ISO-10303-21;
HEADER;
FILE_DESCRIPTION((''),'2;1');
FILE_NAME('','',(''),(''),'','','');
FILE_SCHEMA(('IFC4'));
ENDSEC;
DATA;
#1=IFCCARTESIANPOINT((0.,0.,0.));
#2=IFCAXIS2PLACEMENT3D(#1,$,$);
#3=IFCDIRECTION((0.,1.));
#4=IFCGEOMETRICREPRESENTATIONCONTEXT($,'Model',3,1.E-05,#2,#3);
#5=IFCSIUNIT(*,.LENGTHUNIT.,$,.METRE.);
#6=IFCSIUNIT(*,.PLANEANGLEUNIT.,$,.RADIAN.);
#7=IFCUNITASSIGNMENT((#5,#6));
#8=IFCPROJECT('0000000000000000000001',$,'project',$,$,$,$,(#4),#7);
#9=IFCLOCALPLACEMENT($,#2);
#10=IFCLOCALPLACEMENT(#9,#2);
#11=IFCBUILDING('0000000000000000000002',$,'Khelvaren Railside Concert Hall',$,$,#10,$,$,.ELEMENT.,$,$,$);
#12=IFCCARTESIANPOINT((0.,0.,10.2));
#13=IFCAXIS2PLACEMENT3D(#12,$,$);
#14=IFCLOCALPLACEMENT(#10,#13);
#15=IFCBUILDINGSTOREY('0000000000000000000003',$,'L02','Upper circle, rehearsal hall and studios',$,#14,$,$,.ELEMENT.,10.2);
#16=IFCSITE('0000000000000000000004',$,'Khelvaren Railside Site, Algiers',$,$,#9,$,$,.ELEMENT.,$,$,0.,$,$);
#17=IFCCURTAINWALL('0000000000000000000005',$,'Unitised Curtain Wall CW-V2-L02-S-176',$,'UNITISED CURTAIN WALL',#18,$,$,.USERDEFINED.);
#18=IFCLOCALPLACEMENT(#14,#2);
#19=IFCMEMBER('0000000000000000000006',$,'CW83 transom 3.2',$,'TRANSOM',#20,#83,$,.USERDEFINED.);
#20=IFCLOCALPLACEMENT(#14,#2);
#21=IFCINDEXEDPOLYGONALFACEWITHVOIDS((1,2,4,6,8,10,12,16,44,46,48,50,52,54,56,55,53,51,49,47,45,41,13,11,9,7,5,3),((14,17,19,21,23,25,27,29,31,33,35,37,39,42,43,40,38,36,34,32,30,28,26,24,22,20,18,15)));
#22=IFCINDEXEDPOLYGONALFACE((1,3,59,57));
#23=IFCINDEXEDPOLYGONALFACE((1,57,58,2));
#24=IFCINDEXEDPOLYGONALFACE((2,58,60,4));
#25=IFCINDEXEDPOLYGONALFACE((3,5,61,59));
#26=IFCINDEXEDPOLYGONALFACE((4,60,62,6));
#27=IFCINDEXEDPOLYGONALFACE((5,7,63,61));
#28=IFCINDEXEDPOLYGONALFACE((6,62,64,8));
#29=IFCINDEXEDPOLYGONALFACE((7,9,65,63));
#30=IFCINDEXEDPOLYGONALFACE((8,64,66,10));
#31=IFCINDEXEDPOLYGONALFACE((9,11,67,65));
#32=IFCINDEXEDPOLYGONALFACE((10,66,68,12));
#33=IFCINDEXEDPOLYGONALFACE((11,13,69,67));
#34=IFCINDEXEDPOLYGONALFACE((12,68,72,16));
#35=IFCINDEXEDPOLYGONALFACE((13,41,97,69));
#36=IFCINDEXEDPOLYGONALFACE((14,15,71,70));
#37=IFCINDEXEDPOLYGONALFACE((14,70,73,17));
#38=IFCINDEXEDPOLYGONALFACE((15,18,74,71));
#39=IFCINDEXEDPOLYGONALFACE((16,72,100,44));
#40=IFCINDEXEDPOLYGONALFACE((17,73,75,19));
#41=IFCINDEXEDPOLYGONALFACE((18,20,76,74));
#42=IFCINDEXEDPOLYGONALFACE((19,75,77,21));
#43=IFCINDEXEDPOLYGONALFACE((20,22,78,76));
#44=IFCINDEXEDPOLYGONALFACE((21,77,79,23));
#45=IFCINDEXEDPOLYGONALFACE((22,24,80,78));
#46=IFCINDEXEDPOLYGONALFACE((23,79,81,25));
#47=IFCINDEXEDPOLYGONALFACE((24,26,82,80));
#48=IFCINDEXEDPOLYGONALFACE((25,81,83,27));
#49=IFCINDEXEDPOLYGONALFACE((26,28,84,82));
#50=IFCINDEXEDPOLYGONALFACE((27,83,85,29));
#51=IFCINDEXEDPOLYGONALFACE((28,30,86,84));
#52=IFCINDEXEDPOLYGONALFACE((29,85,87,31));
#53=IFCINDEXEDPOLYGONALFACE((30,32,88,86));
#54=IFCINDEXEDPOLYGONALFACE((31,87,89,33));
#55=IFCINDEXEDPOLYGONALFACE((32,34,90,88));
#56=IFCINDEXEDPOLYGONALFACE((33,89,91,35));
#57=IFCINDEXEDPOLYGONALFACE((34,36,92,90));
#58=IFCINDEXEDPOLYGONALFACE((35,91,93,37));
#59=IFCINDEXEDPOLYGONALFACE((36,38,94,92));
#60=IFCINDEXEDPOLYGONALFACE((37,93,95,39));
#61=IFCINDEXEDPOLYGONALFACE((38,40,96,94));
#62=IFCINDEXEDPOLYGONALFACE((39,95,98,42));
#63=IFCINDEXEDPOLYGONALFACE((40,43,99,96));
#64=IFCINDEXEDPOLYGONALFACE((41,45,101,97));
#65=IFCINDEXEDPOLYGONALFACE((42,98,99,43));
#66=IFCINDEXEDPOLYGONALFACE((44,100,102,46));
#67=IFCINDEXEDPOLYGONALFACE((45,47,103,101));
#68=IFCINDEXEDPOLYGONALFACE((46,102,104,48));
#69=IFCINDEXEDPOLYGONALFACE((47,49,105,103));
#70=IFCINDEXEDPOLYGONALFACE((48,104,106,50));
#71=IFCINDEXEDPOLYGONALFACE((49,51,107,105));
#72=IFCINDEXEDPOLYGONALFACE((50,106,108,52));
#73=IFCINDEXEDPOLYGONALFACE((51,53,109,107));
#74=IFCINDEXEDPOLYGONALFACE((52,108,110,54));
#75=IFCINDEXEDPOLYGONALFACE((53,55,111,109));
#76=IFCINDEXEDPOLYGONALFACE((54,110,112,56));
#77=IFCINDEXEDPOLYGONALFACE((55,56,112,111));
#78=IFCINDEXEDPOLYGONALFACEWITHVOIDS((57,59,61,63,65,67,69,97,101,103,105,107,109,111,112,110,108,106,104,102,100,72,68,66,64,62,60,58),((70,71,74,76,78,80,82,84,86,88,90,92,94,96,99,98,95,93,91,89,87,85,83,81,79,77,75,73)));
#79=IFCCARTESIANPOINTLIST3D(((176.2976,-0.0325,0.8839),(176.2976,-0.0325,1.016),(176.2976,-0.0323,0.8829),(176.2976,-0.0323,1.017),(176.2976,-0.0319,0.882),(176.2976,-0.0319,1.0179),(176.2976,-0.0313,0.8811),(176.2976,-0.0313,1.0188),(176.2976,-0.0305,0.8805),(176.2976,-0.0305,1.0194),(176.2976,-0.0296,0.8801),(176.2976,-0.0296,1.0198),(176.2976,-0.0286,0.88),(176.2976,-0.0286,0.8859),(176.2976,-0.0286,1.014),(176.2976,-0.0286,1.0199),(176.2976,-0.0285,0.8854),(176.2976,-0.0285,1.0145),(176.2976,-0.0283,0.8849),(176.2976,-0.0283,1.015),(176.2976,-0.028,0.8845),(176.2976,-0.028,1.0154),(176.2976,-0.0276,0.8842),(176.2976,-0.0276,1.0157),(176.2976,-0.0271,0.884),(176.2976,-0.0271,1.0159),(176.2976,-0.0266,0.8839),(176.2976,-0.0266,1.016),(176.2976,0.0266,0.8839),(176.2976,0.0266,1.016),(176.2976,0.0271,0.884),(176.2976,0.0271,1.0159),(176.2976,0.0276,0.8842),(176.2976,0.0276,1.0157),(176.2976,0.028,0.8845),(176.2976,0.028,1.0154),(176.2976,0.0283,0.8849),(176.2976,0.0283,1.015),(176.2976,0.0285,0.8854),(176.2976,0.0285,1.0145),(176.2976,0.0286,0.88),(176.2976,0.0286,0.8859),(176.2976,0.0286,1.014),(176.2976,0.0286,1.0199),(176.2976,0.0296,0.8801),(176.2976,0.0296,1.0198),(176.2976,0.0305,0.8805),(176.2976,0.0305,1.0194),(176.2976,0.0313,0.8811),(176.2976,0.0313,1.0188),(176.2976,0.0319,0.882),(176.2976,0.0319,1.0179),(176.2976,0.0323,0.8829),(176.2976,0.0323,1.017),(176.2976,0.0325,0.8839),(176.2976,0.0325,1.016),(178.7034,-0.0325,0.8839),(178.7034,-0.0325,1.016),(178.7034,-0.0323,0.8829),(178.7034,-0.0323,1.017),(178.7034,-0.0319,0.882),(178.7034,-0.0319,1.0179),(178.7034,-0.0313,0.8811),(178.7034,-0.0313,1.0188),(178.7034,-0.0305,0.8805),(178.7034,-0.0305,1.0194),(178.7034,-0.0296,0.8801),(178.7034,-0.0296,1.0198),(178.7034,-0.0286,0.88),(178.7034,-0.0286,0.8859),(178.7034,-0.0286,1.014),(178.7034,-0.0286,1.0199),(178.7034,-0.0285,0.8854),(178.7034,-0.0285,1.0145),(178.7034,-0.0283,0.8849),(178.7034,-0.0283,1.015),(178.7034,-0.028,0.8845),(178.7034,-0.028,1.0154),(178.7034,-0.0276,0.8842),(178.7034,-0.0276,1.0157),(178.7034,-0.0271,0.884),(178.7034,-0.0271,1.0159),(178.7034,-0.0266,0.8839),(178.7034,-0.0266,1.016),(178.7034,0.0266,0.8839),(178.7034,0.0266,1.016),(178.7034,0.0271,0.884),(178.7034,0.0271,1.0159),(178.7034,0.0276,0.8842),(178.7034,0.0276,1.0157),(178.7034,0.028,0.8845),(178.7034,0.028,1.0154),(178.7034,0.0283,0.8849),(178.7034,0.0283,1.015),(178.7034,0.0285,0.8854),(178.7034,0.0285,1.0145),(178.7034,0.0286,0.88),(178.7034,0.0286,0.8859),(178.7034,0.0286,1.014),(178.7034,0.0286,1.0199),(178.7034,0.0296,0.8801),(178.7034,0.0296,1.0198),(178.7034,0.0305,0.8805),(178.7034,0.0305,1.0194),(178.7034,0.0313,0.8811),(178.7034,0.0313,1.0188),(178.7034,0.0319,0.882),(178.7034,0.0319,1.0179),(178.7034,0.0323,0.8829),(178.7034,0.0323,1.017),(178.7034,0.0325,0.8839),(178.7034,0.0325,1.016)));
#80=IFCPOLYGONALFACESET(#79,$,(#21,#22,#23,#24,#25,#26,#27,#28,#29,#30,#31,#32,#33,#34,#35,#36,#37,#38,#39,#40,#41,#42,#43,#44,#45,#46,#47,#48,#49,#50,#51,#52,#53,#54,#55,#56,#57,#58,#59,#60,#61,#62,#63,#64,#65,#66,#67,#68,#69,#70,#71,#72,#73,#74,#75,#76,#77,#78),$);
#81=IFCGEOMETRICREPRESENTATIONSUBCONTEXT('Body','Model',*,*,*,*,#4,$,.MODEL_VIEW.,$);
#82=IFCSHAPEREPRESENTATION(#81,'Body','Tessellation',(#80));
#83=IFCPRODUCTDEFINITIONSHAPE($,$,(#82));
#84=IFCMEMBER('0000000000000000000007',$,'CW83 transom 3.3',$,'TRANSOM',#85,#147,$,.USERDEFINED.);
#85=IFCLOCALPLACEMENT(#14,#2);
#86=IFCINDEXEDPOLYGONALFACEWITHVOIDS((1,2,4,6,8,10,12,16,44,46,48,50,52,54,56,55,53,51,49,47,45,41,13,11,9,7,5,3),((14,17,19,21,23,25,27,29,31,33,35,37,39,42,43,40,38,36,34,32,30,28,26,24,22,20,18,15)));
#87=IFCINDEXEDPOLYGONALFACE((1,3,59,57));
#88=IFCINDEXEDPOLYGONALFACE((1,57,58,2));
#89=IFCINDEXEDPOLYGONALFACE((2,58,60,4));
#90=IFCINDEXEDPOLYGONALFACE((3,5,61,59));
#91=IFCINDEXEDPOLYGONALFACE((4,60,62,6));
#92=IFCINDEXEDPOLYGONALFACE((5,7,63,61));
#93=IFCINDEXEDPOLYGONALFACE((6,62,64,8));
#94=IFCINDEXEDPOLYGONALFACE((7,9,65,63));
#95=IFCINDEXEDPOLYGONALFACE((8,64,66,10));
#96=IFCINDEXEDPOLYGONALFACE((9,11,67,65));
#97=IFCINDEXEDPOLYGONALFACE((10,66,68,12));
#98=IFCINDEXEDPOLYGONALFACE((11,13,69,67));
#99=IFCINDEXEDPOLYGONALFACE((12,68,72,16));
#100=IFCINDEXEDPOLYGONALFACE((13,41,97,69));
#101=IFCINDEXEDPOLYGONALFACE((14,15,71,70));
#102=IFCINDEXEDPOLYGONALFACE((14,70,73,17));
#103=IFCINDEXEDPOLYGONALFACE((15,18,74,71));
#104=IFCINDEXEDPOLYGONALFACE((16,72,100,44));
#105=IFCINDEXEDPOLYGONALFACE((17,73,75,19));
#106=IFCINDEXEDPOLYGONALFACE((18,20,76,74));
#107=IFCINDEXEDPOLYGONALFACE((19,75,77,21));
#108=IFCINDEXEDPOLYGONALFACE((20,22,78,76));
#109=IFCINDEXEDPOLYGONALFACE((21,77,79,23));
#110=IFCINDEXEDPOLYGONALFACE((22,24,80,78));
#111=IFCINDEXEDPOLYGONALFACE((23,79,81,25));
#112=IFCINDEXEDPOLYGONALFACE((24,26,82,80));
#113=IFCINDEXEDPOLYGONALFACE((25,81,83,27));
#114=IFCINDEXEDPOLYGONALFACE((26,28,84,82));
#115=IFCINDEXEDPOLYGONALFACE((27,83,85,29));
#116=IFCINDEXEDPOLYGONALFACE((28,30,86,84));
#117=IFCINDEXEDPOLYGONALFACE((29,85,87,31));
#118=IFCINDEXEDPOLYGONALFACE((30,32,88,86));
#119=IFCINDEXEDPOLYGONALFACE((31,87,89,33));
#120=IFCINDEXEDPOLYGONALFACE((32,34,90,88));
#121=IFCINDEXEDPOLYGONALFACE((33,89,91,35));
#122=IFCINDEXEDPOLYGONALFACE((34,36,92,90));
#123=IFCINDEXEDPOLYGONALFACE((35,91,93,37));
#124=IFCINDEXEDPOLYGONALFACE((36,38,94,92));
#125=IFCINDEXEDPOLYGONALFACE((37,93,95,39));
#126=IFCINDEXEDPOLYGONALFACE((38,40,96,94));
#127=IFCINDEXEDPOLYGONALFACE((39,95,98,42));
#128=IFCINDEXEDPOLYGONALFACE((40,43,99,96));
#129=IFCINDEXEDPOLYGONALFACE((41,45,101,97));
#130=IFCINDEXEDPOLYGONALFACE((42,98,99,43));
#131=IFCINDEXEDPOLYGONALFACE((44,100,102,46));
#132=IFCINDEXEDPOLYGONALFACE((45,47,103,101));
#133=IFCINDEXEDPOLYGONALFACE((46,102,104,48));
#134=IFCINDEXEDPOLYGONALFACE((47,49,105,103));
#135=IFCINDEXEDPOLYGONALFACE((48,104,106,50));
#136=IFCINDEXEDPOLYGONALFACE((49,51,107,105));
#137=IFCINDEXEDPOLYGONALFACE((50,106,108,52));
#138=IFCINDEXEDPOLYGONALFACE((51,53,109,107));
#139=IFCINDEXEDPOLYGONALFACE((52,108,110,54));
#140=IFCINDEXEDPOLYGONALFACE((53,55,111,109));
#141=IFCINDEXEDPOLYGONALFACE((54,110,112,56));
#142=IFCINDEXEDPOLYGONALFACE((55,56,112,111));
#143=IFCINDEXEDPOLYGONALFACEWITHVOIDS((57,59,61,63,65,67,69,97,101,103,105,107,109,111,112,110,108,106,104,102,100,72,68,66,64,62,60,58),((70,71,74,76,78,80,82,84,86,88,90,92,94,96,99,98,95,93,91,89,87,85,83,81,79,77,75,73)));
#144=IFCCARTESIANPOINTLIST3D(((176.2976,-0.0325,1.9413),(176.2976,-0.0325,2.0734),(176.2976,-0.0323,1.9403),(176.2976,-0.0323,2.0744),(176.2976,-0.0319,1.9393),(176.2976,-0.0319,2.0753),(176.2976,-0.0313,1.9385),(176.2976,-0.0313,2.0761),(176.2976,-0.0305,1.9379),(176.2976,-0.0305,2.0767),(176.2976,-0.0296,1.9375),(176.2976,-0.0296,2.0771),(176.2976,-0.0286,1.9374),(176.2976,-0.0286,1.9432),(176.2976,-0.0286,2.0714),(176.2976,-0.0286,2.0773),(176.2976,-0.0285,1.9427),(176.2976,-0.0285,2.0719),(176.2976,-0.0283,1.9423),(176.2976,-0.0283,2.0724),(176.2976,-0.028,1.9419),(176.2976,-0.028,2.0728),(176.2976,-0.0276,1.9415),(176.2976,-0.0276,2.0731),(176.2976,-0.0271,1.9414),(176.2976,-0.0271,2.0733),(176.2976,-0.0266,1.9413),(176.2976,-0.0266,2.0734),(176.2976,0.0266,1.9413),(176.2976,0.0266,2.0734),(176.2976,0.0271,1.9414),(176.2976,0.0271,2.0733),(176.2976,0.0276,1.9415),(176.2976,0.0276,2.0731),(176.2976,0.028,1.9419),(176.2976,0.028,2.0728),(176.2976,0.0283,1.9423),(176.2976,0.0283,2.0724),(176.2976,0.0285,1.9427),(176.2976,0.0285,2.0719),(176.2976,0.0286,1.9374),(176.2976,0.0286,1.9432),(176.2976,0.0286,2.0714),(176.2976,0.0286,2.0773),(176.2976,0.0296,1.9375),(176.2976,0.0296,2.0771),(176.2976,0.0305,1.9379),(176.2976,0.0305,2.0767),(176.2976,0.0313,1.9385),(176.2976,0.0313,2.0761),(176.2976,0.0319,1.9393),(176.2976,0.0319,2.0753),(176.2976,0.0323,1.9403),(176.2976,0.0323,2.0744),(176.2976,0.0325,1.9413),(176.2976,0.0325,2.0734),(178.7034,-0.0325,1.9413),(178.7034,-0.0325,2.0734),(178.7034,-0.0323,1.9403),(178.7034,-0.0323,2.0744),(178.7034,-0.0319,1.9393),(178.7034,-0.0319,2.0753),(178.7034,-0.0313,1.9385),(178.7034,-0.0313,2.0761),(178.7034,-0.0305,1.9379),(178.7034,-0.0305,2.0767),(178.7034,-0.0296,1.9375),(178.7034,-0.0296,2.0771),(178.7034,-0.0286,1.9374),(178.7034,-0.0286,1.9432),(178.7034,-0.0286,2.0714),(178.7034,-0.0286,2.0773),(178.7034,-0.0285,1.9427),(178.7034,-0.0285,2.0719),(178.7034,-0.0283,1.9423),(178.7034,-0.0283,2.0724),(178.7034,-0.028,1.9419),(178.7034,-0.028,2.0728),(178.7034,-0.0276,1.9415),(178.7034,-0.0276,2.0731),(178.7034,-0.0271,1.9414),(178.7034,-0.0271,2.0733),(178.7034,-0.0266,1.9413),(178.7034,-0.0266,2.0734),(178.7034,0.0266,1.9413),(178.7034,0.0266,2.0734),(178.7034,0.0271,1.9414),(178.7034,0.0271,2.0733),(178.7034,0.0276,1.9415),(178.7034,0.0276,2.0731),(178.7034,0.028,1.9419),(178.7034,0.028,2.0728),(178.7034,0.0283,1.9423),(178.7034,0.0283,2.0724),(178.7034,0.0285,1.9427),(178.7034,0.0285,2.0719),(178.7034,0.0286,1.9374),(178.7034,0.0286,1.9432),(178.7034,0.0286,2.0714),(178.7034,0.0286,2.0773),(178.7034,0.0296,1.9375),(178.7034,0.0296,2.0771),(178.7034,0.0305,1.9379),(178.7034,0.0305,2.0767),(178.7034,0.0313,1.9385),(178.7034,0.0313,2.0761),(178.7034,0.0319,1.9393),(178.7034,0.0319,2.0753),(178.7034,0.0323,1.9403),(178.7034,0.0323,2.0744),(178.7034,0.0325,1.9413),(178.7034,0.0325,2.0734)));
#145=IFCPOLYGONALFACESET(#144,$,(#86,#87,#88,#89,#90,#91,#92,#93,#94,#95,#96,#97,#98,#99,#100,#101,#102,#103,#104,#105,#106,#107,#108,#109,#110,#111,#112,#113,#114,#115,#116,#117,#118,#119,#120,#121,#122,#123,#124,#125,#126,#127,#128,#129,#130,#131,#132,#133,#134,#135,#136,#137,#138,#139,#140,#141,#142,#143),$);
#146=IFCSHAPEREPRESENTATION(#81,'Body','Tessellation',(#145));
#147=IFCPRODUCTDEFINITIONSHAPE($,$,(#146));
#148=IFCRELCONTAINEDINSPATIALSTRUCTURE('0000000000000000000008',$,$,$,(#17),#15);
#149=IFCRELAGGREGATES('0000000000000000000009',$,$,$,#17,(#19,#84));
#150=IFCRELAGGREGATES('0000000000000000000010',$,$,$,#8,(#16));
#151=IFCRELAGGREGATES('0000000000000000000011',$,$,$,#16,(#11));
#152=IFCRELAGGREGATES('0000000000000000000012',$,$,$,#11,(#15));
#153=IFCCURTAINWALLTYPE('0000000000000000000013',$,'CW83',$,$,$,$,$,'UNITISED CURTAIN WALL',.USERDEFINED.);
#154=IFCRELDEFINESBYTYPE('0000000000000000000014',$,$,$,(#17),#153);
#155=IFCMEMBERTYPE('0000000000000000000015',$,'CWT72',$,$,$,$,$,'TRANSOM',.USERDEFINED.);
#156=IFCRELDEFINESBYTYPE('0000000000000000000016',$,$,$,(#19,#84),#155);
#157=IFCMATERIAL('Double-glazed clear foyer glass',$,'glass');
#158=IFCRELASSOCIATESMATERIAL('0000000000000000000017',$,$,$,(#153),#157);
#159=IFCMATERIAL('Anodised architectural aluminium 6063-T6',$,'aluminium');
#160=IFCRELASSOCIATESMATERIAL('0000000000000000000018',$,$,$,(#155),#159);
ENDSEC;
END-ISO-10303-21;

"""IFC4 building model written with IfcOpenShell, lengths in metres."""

from ifc_helpers import new_model, si_unit, direction, frame, origin, origin_2d, place, context, subcontext, project, spatial, hollow_rectangle, extrude, material, material_profile, profile_set, type_object, element, aggregate, save


model = new_model("IFC4")

# Units and contexts
model_context = context("Model", 3, precision=1e-05, world=origin(), true_north=direction((0.0, 1.0)))
body_context = subcontext(model_context, "Body", "Model", "MODEL_VIEW")
ifc_project = project(units=[si_unit("LENGTHUNIT", "METRE"), si_unit("PLANEANGLEUNIT", "RADIAN")], contexts=[model_context])

# Site, building, storey
site_placement = place(None, origin())
site = spatial("IfcSite", under=ifc_project, at=site_placement, Name="Khelvaren Railside Site, Algiers", CompositionType="ELEMENT", RefElevation=0.0)
building_placement = place(site_placement, origin())
building = spatial("IfcBuilding", under=site, at=building_placement, Name="Khelvaren Railside Concert Hall", CompositionType="ELEMENT")
storey_placement = place(building_placement, frame((0.0, 0.0, 10.2)))
storey = spatial("IfcBuildingStorey", under=building, at=storey_placement, Name="L02", Description="Upper circle, rehearsal hall and studios", CompositionType="ELEMENT", Elevation=10.2)

# Curtain wall, members
ifc_material_1 = material(Name="Double-glazed clear foyer glass", Category="glass")
curtain_wall_type = type_object("IfcCurtainWallType", Name="CW83", ElementType="UNITISED CURTAIN WALL", PredefinedType="USERDEFINED", material=ifc_material_1)
curtain_wall_placement = place(storey_placement, origin())
curtain_wall = element("IfcCurtainWall", 1, at=curtain_wall_placement, inside=storey, type_object=curtain_wall_type, Name="Unitised Curtain Wall CW-V2-L02-S-176", ObjectType="UNITISED CURTAIN WALL", PredefinedType="USERDEFINED")
ifc_material_2 = material(Name="Anodised architectural aluminium 6063-T6", Category="aluminium")
ifc_material_profile_1 = material_profile(ifc_material_2, hollow_rectangle(XDim=0.0649, YDim=0.1399, WallThickness=0.0039, InnerFilletRadius=0.002, OuterFilletRadius=0.0039, at=origin_2d()), Name="CWT 65x140x4")
ifc_profile_set_1 = profile_set([ifc_material_profile_1], Name="Anodised architectural aluminium 6063-T6")
member_type_1 = type_object("IfcMemberType", Name="CWT72", ElementType="TRANSOM", PredefinedType="USERDEFINED", material=ifc_profile_set_1)
member_1_placement = place(storey_placement, frame((178.7034, 0.0, 0.95), z_axis=(-1.0, 0.0, 0.0), x_axis=(0.0, -1.0, 0.0)))
member_1 = element("IfcMember", 2, at=member_1_placement, type_object=member_type_1, Name="CW83 transom 3.2", ObjectType="TRANSOM", PredefinedType="USERDEFINED", context=body_context, shape_type="SweptSolid", body=[
    extrude(hollow_rectangle(XDim=0.0649, YDim=0.1399, WallThickness=0.0039, InnerFilletRadius=0.002, OuterFilletRadius=0.0039, at=origin_2d()), origin(), (0.0, 0.0, 1.0), 2.4058),
])
member_2_placement = place(storey_placement, frame((178.7034, 0.0, 2.0073), z_axis=(-1.0, 0.0, 0.0), x_axis=(0.0, -1.0, 0.0)))
member_2 = element("IfcMember", 3, at=member_2_placement, type_object=member_type_1, Name="CW83 transom 3.3", ObjectType="TRANSOM", PredefinedType="USERDEFINED", context=body_context, shape_type="SweptSolid", body=[
    extrude(hollow_rectangle(XDim=0.0649, YDim=0.1399, WallThickness=0.0039, InnerFilletRadius=0.002, OuterFilletRadius=0.0039, at=origin_2d()), origin(), (0.0, 0.0, 1.0), 2.4058),
])

aggregate(curtain_wall, [member_1, member_2])

save(model, "model.ifc")
